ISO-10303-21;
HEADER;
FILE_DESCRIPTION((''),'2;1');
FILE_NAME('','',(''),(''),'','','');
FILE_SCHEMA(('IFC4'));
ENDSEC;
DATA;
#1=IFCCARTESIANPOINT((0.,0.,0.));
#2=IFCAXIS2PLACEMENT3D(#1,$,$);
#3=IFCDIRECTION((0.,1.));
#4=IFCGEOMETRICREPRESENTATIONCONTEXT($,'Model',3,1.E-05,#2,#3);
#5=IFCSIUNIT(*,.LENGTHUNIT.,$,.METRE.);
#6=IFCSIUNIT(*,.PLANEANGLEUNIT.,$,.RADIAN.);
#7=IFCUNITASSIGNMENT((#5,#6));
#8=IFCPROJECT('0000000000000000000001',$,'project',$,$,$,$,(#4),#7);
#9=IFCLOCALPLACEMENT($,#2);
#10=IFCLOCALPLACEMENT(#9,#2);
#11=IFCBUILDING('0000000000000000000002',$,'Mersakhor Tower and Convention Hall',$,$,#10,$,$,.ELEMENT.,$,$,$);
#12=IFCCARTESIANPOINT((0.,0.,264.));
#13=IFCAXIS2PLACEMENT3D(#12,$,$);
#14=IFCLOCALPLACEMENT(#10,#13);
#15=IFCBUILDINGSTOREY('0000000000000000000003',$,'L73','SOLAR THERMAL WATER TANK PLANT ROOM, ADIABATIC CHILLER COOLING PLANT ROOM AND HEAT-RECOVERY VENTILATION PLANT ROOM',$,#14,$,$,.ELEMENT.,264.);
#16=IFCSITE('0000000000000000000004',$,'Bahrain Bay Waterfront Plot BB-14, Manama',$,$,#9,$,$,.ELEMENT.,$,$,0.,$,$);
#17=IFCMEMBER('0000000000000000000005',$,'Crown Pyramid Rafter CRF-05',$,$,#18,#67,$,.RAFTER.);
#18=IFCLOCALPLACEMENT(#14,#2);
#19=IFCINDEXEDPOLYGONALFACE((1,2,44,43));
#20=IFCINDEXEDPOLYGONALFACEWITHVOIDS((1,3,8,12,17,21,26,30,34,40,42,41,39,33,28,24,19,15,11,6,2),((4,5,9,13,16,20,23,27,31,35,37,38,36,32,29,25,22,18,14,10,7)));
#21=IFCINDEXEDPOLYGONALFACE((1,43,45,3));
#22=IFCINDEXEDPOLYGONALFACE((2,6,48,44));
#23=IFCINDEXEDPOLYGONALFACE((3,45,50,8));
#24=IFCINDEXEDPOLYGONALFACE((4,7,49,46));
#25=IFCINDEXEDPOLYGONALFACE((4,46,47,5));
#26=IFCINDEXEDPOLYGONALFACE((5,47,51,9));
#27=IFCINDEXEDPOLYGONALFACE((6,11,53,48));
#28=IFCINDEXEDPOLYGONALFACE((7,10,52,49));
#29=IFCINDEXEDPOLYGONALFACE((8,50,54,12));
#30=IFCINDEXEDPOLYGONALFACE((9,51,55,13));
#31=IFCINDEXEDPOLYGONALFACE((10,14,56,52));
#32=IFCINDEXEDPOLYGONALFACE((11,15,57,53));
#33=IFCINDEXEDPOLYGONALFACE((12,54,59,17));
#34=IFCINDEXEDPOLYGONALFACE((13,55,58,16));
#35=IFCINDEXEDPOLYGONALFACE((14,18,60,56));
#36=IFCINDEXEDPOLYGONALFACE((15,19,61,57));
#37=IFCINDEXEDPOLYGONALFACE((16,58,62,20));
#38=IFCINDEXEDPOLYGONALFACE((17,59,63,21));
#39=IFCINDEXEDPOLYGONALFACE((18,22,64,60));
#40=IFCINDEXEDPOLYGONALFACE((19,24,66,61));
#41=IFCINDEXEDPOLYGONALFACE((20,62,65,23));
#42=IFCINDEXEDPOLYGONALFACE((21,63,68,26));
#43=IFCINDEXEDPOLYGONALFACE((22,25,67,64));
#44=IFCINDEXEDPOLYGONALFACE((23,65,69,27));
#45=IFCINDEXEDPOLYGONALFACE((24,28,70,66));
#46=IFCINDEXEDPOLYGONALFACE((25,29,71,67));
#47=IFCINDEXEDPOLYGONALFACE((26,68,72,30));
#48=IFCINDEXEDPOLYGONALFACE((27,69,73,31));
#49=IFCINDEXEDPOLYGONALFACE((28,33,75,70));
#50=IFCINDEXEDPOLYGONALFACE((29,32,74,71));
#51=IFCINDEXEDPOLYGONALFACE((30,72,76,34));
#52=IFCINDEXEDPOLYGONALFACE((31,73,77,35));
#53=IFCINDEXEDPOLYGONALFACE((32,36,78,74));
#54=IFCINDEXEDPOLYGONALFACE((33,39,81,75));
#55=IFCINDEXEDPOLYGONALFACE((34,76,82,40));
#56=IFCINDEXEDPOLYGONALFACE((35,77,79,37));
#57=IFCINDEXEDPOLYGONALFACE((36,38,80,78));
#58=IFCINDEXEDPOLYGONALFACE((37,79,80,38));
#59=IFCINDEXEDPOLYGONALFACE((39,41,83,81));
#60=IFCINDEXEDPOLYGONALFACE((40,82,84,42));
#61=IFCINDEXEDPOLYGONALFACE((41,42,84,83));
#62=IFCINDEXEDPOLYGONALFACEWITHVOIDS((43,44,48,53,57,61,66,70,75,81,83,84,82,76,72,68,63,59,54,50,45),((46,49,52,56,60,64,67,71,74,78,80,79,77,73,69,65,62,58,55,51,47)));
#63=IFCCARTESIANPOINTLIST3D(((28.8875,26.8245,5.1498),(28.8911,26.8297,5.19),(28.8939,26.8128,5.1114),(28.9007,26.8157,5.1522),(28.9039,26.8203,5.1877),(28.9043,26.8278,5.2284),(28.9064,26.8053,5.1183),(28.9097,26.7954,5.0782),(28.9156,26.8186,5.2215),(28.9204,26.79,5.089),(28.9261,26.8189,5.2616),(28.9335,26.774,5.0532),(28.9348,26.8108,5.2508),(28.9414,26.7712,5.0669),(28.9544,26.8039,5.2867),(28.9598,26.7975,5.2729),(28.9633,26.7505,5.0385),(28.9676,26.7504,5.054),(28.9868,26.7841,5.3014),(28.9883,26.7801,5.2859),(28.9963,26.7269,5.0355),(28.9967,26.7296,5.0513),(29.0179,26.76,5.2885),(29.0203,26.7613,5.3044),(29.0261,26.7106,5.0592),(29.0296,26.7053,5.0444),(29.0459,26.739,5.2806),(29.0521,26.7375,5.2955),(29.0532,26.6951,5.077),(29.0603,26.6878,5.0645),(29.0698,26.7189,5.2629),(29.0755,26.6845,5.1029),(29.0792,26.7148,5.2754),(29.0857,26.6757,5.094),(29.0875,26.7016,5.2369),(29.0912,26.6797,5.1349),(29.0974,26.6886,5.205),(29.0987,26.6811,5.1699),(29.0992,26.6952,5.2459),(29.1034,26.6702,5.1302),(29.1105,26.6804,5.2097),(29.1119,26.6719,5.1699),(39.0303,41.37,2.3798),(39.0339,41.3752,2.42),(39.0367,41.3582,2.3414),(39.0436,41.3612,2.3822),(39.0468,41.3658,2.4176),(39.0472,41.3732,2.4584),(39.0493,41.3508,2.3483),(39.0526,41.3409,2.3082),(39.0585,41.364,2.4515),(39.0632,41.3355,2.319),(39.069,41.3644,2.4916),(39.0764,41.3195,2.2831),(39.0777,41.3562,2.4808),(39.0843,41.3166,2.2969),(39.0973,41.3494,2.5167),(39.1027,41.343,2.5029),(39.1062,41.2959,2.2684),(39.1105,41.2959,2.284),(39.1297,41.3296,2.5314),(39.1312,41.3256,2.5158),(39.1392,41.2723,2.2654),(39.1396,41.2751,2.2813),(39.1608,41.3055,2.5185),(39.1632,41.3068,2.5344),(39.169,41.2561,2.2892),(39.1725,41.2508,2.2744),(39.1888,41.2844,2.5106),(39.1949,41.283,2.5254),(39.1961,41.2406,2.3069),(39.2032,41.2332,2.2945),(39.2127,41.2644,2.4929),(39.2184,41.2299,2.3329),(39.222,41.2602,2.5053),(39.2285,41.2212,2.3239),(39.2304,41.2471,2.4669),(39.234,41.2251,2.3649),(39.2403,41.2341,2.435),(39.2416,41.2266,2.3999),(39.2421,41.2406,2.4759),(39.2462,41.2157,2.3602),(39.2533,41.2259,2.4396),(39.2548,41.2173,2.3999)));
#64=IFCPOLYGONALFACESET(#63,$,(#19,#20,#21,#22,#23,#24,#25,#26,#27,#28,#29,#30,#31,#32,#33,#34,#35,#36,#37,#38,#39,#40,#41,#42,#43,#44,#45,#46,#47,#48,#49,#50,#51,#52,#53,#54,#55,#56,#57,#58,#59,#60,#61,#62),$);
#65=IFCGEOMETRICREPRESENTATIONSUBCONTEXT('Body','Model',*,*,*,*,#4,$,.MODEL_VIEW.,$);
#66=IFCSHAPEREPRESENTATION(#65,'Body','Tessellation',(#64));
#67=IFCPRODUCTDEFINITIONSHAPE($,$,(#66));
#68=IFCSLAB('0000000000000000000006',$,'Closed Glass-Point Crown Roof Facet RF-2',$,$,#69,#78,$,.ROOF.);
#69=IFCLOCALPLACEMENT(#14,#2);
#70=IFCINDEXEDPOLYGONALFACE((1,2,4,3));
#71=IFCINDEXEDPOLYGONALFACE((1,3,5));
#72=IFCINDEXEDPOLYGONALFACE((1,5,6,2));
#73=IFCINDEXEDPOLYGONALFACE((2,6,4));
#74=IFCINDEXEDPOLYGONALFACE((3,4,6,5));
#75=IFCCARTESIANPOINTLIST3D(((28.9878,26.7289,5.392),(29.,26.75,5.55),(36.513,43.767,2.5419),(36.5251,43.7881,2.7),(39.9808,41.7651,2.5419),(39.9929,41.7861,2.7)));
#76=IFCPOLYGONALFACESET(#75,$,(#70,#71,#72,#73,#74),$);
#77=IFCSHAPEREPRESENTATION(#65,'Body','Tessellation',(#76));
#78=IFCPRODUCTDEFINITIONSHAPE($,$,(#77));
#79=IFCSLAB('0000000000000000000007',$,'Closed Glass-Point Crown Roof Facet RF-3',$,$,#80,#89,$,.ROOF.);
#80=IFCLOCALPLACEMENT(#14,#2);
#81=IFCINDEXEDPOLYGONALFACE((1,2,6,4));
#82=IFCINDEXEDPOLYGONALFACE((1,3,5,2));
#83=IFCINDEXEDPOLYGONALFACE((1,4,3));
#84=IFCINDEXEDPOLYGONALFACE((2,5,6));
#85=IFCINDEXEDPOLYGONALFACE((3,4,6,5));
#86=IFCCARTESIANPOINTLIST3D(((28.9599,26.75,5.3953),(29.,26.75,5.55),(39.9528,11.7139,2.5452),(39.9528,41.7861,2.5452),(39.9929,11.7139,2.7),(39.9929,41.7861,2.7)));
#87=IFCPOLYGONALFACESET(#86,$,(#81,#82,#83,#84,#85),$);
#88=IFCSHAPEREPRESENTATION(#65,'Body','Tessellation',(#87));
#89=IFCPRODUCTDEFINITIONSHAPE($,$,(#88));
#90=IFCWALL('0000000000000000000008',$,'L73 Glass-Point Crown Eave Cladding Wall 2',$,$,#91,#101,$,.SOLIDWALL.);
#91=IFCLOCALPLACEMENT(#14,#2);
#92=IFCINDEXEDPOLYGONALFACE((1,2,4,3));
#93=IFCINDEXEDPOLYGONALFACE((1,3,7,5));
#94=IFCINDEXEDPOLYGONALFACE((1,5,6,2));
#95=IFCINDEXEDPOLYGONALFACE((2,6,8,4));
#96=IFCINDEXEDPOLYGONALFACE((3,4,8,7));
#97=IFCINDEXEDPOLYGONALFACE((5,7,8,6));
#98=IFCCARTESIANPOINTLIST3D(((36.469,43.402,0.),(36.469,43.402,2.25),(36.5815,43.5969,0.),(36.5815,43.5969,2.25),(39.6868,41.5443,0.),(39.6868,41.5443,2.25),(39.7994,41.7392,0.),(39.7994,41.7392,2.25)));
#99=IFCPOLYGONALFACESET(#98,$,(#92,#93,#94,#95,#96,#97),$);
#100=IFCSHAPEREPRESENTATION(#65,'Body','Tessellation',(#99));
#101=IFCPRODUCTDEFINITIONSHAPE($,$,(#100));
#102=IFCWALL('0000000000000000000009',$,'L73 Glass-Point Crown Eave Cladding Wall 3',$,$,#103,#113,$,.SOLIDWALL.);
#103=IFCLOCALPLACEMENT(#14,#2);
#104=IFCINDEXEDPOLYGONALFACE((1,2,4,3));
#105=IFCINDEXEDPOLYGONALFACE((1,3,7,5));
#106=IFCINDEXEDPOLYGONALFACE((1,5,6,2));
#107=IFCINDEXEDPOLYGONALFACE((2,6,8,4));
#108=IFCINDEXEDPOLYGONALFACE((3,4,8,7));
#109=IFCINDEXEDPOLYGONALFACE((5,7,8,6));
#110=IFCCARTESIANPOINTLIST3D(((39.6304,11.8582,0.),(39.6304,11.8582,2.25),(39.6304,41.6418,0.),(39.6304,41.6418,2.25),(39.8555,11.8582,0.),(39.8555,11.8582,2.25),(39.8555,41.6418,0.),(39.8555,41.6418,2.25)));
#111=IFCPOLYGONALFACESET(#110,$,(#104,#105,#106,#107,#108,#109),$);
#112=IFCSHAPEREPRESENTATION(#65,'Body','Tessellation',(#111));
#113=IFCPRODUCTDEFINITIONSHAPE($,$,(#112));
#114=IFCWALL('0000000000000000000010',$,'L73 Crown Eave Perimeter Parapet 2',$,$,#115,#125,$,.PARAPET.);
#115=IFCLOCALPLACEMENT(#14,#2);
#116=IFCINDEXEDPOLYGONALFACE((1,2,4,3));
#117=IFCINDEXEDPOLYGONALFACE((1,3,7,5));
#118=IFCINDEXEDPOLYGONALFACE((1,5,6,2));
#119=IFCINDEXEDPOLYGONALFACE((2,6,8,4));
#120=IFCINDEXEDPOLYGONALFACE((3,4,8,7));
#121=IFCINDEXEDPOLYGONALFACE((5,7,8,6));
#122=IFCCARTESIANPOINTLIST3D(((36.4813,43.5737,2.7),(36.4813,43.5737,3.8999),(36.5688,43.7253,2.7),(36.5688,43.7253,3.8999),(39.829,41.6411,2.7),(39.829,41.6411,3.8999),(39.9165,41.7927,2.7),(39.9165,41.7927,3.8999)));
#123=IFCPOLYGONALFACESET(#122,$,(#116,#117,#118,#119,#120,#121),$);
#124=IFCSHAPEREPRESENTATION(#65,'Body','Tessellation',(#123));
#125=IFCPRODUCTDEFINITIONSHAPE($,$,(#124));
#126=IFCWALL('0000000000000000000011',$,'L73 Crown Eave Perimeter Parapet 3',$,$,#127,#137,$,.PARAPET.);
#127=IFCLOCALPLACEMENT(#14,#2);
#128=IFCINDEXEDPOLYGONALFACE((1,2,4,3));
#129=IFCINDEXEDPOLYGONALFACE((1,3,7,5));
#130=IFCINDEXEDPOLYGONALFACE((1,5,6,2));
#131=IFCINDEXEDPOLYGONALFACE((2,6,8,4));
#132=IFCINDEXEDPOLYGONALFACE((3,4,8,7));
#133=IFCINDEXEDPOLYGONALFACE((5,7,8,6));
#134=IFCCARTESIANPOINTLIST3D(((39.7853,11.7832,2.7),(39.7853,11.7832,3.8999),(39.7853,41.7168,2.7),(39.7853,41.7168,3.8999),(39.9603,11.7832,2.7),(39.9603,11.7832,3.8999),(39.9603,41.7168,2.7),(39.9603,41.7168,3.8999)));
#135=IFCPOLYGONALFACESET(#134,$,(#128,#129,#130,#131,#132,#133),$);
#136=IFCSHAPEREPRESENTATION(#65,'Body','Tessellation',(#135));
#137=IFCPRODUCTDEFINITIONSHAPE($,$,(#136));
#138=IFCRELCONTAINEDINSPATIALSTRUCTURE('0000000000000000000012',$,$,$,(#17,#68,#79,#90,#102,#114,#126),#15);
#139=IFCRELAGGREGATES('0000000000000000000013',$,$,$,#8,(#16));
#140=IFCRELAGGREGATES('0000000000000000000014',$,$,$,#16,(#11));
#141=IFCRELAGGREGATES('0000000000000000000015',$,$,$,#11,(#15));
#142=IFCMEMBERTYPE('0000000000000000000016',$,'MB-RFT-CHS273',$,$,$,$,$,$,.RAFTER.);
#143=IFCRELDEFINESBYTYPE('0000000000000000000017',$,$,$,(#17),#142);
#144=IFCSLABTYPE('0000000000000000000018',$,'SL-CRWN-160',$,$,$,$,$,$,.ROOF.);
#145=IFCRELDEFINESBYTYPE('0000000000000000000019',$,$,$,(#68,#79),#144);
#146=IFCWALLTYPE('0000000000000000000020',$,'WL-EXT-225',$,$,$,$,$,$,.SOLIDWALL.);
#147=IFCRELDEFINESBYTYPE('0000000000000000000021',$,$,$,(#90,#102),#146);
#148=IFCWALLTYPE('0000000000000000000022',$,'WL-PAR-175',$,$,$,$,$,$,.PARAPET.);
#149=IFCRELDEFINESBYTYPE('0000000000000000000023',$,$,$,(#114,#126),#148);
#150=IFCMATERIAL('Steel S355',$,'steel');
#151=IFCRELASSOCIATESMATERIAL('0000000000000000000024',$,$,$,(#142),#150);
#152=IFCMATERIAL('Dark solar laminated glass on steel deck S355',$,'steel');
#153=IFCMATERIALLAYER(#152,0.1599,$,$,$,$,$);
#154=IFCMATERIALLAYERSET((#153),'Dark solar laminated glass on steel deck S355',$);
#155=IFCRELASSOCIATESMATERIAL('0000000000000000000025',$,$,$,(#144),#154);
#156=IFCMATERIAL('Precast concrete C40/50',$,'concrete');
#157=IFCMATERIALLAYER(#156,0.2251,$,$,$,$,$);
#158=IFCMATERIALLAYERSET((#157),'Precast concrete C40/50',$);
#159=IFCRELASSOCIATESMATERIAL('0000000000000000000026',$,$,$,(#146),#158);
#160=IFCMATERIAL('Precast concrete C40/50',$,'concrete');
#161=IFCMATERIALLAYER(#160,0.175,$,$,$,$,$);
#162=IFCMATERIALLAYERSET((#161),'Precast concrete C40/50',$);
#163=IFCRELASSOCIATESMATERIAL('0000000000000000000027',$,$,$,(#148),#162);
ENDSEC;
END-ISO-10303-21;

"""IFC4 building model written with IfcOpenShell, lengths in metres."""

from ifc_helpers import new_model, si_unit, direction, frame, frame_2d, origin, origin_2d, place, context, subcontext, project, spatial, polyline, rectangle, hollow_circle, outline, extrude, material, layer, layer_set, material_profile, profile_set, type_object, element, save


model = new_model("IFC4")

# Units and contexts
model_context = context("Model", 3, precision=1e-05, world=origin(), true_north=direction((0.0, 1.0)))
body_context = subcontext(model_context, "Body", "Model", "MODEL_VIEW")
ifc_project = project(units=[si_unit("LENGTHUNIT", "METRE"), si_unit("PLANEANGLEUNIT", "RADIAN")], contexts=[model_context])

# Site, building, storey
site_placement = place(None, origin())
site = spatial("IfcSite", under=ifc_project, at=site_placement, Name="Bahrain Bay Waterfront Plot BB-14, Manama", CompositionType="ELEMENT", RefElevation=0.0)
building_placement = place(site_placement, origin())
building = spatial("IfcBuilding", under=site, at=building_placement, Name="Mersakhor Tower and Convention Hall", CompositionType="ELEMENT")
storey_placement = place(building_placement, frame((0.0, 0.0, 264.0)))
storey = spatial("IfcBuildingStorey", under=building, at=storey_placement, Name="L73", Description="SOLAR THERMAL WATER TANK PLANT ROOM, ADIABATIC CHILLER COOLING PLANT ROOM AND HEAT-RECOVERY VENTILATION PLANT ROOM", CompositionType="ELEMENT", Elevation=264.0)

# Member
ifc_material_1 = material(Name="Steel S355", Category="steel")
ifc_material_profile_1 = material_profile(ifc_material_1, hollow_circle(Radius=0.1365, WallThickness=0.0161, at=origin_2d()), Name="CHS 273x16")
ifc_profile_set_1 = profile_set([ifc_material_profile_1], Name="Steel S355")
member_type_1 = type_object("IfcMemberType", Name="MB-RFT-CHS273", PredefinedType="RAFTER", material=ifc_profile_set_1)
member_1_placement = place(storey_placement, frame((39.1428, 41.2954, 2.3999), z_axis=(-0.565133, -0.810435, 0.154339), x_axis=(0.820263, -0.571987, 0.0)))
element("IfcMember", 1, at=member_1_placement, inside=storey, type_object=member_type_1, Name="Crown Pyramid Rafter CRF-05", PredefinedType="RAFTER", context=body_context, shape_type="SweptSolid", body=[
    extrude(hollow_circle(Radius=0.1365, WallThickness=0.0161, at=origin_2d()), origin(), (0.0, 0.0, 1.0), 17.9478),
])

# Slabs
ifc_material_2 = material(Name="Dark solar laminated glass on steel deck S355", Category="steel")
ifc_layer_1 = layer(ifc_material_2, 0.1599)
ifc_layer_set_1 = layer_set([ifc_layer_1], Name="Dark solar laminated glass on steel deck S355")
slab_type = type_object("IfcSlabType", Name="SL-CRWN-160", PredefinedType="ROOF", material=ifc_layer_set_1)
slab_1_placement = place(storey_placement, frame((36.5251, 43.7881, 2.7), z_axis=(0.076054, 0.131741, 0.988362), x_axis=(-0.399367, -0.904228, 0.151257)))
element("IfcSlab", 2, at=slab_1_placement, inside=storey, type_object=slab_type, Name="Closed Glass-Point Crown Roof Facet RF-2", PredefinedType="ROOF", context=body_context, shape_type="SweptSolid", body=[
    extrude(outline(polyline([(0.0, 0.0), (18.8427, 0.0), (0.4253, 3.9815), (0.0, 0.0)])), origin(), (0.0, 0.0, -1.0), 0.1599),
])
slab_2_placement = place(storey_placement, frame((39.9929, 41.7861, 2.7), z_axis=(0.250969, 0.0, 0.967995), x_axis=(-0.5834, -0.797976, 0.151256)))
element("IfcSlab", 3, at=slab_2_placement, inside=storey, type_object=slab_type, Name="Closed Glass-Point Crown Roof Facet RF-3", PredefinedType="ROOF", context=body_context, shape_type="SweptSolid", body=[
    extrude(outline(polyline([(0.0, 0.0), (18.8428, 0.0), (23.9969, 18.1242), (0.0, 0.0)])), origin(), (0.0, 0.0, -1.0), 0.1599),
])

# Walls
ifc_material_3 = material(Name="Precast concrete C40/50", Category="concrete")
ifc_layer_2 = layer(ifc_material_3, 0.2251)
ifc_layer_set_2 = layer_set([ifc_layer_2], Name="Precast concrete C40/50")
wall_type_1 = type_object("IfcWallType", Name="WL-EXT-225", PredefinedType="SOLIDWALL", material=ifc_layer_set_2)
wall_1_placement = place(storey_placement, frame((36.5251, 43.4995, 0.0), z_axis=(0.0, 0.0, 1.0), x_axis=(0.866039, -0.499977, 0.0)))
element("IfcWall", 4, at=wall_1_placement, inside=storey, type_object=wall_type_1, Name="L73 Glass-Point Crown Eave Cladding Wall 2", PredefinedType="SOLIDWALL", context=body_context, shape_type="SweptSolid", body=[
    extrude(rectangle(XDim=3.7156, YDim=0.2251, at=frame_2d((1.8579, 0.0))), origin(), (0.0, 0.0, 1.0), 2.25),
])
wall_2_placement = place(storey_placement, frame((39.7429, 41.6418, 0.0), z_axis=(0.0, 0.0, 1.0), x_axis=(0.0, -1.0, 0.0)))
element("IfcWall", 5, at=wall_2_placement, inside=storey, type_object=wall_type_1, Name="L73 Glass-Point Crown Eave Cladding Wall 3", PredefinedType="SOLIDWALL", context=body_context, shape_type="SweptSolid", body=[
    extrude(rectangle(XDim=29.7837, YDim=0.2251, at=frame_2d((14.8918, 0.0))), origin(), (0.0, 0.0, 1.0), 2.25),
])
ifc_material_4 = material(Name="Precast concrete C40/50", Category="concrete")
ifc_layer_3 = layer(ifc_material_4, 0.175)
ifc_layer_set_3 = layer_set([ifc_layer_3], Name="Precast concrete C40/50")
wall_type_2 = type_object("IfcWallType", Name="WL-PAR-175", PredefinedType="PARAPET", material=ifc_layer_set_3)
wall_3_placement = place(storey_placement, frame((36.5251, 43.6494, 2.7), z_axis=(0.0, 0.0, 1.0), x_axis=(0.866043, -0.49997, 0.0)))
element("IfcWall", 6, at=wall_3_placement, inside=storey, type_object=wall_type_2, Name="L73 Crown Eave Perimeter Parapet 2", PredefinedType="PARAPET", context=body_context, shape_type="SweptSolid", body=[
    extrude(rectangle(XDim=3.8655, YDim=0.175, at=frame_2d((1.9326, 0.0))), origin(), (0.0, 0.0, 1.0), 1.2),
])
wall_4_placement = place(storey_placement, frame((39.8728, 41.7168, 2.7), z_axis=(0.0, 0.0, 1.0), x_axis=(0.0, -1.0, 0.0)))
element("IfcWall", 7, at=wall_4_placement, inside=storey, type_object=wall_type_2, Name="L73 Crown Eave Perimeter Parapet 3", PredefinedType="PARAPET", context=body_context, shape_type="SweptSolid", body=[
    extrude(rectangle(XDim=29.9336, YDim=0.175, at=frame_2d((14.9668, 0.0))), origin(), (0.0, 0.0, 1.0), 1.2),
])

save(model, "model.ifc")
